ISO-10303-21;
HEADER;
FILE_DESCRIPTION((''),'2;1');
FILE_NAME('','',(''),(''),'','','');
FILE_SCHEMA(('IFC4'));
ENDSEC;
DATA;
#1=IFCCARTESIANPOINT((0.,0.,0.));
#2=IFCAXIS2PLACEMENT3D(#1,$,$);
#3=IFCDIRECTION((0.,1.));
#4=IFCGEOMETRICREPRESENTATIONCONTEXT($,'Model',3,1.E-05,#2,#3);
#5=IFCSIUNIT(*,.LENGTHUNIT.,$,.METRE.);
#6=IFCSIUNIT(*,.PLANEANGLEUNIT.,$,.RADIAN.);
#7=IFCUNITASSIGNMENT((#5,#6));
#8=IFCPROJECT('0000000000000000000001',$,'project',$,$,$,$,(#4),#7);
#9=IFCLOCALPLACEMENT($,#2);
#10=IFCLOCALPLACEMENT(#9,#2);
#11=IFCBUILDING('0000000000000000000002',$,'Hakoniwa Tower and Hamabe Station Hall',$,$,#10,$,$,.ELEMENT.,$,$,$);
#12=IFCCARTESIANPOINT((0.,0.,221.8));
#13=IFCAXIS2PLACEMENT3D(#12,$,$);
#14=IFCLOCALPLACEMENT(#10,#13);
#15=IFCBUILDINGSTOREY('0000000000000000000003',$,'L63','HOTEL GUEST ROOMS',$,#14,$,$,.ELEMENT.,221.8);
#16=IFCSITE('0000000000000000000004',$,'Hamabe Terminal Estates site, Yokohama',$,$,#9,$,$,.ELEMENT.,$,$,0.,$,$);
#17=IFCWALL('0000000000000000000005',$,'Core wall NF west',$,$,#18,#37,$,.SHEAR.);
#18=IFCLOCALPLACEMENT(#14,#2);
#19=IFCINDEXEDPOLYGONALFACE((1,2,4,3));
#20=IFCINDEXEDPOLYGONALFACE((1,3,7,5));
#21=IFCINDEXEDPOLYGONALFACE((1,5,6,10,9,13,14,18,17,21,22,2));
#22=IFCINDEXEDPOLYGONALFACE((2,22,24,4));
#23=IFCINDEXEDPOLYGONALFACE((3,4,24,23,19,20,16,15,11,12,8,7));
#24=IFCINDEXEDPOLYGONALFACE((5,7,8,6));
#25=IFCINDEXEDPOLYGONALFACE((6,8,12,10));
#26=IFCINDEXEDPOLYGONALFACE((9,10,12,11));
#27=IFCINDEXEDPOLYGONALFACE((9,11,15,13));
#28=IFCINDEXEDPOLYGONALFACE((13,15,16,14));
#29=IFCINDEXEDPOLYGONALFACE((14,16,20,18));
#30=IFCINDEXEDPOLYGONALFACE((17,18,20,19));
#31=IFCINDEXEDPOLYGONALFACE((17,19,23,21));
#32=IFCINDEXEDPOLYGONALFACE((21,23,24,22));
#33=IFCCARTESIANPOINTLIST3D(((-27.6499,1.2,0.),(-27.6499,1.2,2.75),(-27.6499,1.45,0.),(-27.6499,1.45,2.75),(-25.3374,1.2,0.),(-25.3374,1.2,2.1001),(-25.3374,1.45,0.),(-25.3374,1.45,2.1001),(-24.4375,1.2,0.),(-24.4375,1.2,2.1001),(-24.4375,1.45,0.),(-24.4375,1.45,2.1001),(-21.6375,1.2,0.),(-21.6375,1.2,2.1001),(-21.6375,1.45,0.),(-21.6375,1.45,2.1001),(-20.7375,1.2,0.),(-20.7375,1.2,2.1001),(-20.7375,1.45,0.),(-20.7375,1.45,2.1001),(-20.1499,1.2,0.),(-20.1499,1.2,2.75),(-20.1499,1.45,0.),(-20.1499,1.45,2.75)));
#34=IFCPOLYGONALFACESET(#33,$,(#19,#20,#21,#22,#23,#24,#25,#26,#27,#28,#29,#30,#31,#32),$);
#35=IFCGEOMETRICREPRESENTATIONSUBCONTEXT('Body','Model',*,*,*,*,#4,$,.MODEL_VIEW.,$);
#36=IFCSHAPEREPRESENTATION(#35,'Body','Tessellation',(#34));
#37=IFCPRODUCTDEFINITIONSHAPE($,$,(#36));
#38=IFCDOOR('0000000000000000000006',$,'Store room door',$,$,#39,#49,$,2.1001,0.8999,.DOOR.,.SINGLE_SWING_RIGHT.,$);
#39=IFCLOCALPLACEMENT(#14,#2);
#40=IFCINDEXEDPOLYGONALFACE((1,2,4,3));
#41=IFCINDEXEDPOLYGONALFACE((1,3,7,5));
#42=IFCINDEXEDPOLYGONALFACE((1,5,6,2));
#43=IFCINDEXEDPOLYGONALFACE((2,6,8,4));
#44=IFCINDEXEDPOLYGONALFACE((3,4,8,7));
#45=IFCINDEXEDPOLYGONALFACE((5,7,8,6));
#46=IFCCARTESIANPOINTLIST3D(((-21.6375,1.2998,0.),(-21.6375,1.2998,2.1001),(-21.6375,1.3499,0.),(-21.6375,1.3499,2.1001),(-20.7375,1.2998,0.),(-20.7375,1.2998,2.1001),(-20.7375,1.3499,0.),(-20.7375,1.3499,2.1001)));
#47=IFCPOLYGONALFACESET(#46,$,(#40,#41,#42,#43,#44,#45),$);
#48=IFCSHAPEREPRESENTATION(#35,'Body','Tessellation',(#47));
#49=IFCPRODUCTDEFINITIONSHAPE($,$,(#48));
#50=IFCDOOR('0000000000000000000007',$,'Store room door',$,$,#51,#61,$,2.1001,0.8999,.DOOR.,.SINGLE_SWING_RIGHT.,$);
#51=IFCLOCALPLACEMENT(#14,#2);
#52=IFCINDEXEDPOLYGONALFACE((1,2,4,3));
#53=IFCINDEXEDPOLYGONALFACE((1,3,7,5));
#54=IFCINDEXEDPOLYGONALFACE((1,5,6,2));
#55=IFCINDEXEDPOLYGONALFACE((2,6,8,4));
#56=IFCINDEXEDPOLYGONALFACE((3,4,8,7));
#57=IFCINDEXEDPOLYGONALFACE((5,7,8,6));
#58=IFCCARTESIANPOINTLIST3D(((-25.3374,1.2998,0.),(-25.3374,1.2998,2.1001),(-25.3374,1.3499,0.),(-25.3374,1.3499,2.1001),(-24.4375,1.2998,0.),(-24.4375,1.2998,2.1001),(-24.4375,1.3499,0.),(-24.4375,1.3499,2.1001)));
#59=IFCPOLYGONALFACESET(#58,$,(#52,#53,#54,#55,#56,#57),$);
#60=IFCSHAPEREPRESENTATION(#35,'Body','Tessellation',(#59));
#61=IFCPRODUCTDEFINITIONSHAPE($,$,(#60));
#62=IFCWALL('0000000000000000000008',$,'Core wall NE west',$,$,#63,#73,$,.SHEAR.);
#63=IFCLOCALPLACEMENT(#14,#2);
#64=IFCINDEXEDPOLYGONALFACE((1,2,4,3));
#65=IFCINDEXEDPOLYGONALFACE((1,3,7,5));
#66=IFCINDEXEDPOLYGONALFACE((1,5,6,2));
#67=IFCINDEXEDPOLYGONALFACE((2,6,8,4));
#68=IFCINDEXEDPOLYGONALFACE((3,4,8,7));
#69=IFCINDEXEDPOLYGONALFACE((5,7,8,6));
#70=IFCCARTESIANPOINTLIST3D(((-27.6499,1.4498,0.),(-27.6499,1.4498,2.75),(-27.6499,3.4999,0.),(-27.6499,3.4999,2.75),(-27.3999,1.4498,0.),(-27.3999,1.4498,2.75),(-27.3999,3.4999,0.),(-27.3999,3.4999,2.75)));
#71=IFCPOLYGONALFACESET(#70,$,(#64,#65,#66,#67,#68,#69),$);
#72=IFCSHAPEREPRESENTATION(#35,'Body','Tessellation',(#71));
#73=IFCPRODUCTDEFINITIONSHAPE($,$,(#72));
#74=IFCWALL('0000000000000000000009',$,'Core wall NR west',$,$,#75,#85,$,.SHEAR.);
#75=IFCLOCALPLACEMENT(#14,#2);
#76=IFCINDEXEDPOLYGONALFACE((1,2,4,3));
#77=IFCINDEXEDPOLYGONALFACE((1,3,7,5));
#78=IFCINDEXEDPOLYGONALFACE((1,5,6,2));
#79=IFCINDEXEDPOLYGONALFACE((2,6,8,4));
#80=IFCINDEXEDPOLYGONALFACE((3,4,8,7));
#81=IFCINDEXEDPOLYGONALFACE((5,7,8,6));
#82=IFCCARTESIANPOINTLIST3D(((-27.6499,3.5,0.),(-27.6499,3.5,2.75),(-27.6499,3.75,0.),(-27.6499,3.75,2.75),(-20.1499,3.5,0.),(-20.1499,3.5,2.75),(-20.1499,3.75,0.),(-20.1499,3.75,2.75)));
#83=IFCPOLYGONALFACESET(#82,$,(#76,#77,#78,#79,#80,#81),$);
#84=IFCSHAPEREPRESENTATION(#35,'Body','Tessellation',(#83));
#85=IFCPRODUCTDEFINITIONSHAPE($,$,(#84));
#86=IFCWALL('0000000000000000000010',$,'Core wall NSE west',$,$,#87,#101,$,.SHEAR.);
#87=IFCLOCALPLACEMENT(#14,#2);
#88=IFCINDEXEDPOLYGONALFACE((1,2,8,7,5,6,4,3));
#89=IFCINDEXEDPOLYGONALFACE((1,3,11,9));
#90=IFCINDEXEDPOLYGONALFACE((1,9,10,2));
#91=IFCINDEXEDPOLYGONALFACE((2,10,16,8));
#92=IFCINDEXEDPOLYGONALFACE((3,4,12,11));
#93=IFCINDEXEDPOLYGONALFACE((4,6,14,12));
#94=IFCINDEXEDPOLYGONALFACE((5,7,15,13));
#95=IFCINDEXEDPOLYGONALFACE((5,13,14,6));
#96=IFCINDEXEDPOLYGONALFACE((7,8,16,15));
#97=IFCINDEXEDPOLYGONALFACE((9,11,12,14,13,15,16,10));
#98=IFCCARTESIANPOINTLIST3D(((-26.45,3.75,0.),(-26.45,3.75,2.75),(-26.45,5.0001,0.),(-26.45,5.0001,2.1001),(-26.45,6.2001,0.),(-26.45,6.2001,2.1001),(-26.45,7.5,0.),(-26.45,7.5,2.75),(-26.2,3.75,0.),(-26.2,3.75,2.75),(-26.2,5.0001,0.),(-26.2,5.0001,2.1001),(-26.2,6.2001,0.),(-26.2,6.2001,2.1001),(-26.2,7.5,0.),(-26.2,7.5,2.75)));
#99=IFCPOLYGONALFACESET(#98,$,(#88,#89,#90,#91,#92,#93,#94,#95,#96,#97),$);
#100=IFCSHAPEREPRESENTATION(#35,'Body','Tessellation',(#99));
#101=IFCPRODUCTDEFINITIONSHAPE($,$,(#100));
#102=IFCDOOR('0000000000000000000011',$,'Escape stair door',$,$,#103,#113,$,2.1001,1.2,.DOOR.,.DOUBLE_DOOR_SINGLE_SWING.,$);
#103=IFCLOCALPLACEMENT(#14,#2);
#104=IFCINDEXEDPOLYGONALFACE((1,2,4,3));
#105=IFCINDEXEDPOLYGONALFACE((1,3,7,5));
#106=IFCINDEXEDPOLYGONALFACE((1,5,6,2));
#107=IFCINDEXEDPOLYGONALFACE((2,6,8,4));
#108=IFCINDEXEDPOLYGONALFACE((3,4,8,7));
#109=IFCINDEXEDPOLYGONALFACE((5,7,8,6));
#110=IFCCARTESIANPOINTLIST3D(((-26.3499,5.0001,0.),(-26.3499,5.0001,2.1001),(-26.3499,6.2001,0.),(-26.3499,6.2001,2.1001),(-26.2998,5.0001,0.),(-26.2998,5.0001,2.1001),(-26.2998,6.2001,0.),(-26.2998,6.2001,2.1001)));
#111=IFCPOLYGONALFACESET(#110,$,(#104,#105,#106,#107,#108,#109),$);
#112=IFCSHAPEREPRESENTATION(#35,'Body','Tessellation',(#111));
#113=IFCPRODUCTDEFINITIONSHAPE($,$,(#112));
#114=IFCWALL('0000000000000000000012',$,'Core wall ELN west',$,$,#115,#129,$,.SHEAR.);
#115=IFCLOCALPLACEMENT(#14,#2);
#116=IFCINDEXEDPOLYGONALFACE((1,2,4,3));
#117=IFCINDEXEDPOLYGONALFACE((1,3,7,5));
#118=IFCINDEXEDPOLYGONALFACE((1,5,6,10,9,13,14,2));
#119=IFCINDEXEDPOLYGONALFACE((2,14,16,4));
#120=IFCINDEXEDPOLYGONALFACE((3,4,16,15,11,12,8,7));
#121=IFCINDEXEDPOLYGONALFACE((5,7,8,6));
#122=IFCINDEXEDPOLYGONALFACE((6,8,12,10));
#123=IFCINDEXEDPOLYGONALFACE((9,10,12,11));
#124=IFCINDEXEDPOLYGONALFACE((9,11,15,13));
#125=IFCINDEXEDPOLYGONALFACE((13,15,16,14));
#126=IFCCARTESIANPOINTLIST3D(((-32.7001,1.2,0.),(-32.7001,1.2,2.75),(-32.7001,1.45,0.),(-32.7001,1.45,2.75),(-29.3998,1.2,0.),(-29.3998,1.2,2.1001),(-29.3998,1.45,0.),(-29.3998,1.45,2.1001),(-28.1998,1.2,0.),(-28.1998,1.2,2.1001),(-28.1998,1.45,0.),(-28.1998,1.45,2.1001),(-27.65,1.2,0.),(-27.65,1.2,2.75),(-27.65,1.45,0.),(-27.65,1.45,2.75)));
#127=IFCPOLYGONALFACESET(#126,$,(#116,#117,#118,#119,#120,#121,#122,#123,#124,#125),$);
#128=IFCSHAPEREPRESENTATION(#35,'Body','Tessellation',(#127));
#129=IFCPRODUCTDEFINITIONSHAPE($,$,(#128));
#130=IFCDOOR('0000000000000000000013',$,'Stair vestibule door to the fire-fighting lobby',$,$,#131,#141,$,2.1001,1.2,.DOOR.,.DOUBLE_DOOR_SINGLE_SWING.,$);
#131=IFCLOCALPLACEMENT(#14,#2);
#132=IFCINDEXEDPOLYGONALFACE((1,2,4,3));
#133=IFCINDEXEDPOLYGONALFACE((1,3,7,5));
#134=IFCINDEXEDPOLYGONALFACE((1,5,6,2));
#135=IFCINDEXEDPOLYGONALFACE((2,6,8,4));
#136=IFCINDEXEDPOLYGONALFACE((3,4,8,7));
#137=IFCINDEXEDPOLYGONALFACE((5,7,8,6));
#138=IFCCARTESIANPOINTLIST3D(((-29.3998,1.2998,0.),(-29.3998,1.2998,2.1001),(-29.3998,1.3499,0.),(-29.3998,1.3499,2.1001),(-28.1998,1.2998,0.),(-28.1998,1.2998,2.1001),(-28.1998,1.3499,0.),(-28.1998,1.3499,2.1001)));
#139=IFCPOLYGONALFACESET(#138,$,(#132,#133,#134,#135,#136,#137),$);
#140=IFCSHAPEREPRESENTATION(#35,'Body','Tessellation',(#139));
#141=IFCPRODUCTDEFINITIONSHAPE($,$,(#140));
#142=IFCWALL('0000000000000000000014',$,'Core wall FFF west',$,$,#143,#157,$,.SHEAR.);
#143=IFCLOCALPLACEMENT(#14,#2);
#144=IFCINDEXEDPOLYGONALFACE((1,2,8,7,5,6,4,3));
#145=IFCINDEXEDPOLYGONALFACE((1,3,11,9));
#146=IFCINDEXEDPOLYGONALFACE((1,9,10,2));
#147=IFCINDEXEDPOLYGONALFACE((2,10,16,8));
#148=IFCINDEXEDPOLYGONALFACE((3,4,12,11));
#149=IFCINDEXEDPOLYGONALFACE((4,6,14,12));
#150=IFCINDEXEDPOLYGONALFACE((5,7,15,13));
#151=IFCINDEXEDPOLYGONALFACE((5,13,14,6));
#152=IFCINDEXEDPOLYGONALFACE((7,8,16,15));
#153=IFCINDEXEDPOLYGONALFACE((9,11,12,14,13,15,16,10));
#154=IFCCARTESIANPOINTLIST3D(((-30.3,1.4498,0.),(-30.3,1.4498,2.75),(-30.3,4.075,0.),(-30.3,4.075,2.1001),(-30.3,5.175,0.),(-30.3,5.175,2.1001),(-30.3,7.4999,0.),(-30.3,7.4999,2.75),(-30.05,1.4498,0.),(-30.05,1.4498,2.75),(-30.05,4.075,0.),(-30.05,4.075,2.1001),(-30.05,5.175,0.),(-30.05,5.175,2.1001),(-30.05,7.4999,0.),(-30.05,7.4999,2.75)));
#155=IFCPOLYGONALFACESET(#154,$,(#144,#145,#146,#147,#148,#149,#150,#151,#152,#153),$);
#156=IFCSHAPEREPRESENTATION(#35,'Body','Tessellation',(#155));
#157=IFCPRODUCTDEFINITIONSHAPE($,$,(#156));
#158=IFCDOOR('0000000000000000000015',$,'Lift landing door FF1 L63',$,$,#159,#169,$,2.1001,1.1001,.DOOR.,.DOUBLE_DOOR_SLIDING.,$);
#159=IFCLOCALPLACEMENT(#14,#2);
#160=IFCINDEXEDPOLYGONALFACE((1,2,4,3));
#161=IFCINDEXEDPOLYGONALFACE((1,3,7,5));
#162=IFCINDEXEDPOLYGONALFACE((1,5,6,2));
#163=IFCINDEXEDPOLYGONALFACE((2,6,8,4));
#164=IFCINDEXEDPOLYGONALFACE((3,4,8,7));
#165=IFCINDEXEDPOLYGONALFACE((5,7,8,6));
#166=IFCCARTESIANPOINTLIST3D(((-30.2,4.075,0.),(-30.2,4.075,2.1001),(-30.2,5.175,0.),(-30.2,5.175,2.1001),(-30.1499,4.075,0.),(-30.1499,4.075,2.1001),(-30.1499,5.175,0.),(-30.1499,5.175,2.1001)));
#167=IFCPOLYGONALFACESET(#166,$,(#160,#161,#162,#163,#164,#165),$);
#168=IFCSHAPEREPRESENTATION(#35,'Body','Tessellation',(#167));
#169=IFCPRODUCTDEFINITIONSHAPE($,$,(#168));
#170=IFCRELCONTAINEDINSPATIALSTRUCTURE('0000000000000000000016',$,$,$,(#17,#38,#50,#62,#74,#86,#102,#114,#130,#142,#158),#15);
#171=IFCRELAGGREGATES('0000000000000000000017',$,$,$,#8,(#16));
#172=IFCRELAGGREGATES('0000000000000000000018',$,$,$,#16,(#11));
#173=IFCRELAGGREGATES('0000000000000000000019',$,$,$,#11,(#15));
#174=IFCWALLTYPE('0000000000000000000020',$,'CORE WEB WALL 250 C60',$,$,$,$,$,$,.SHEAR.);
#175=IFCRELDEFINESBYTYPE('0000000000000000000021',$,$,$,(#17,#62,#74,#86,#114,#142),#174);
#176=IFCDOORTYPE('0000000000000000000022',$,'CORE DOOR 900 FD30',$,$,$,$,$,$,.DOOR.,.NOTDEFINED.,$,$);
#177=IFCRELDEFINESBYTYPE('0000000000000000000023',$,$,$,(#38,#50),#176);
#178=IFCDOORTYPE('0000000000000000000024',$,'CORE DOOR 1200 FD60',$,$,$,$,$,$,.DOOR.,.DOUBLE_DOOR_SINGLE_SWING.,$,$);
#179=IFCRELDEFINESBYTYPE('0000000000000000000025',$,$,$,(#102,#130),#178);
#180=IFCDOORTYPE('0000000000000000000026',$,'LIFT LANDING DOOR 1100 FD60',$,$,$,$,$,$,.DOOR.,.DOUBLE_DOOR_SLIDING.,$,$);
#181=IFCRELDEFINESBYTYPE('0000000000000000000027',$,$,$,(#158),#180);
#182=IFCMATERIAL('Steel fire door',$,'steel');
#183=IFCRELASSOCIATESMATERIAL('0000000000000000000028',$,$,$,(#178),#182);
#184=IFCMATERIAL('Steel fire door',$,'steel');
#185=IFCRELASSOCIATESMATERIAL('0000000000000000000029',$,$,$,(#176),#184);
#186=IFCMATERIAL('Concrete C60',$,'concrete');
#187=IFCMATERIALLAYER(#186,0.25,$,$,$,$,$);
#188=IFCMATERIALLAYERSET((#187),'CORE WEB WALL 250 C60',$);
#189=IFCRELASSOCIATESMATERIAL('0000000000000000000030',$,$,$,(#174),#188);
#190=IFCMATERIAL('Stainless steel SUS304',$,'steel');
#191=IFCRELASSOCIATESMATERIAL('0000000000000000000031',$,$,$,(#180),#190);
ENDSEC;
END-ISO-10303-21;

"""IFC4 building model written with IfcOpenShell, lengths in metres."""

from ifc_helpers import new_model, si_unit, direction, frame, frame_2d, origin, place, context, subcontext, project, spatial, rectangle, extrude, material, layer, layer_set, type_object, element, fill, save


model = new_model("IFC4")

# Units and contexts
model_context = context("Model", 3, precision=1e-05, world=origin(), true_north=direction((0.0, 1.0)))
body_context = subcontext(model_context, "Body", "Model", "MODEL_VIEW")
ifc_project = project(units=[si_unit("LENGTHUNIT", "METRE"), si_unit("PLANEANGLEUNIT", "RADIAN")], contexts=[model_context])

# Site, building, storey
site_placement = place(None, origin())
site = spatial("IfcSite", under=ifc_project, at=site_placement, Name="Hamabe Terminal Estates site, Yokohama", CompositionType="ELEMENT", RefElevation=0.0)
building_placement = place(site_placement, origin())
building = spatial("IfcBuilding", under=site, at=building_placement, Name="Hakoniwa Tower and Hamabe Station Hall", CompositionType="ELEMENT")
storey_placement = place(building_placement, frame((0.0, 0.0, 221.8)))
storey = spatial("IfcBuildingStorey", under=building, at=storey_placement, Name="L63", Description="HOTEL GUEST ROOMS", CompositionType="ELEMENT", Elevation=221.8)

# Shared definitions
ifc_material_1 = material(Name="Steel fire door", Category="steel")
door_type_1 = type_object("IfcDoorType", Name="CORE DOOR 1200 FD60", OperationType="DOUBLE_DOOR_SINGLE_SWING", PredefinedType="DOOR", material=ifc_material_1)
ifc_material_2 = material(Name="Steel fire door", Category="steel")
door_type_2 = type_object("IfcDoorType", Name="CORE DOOR 900 FD30", OperationType="NOTDEFINED", PredefinedType="DOOR", material=ifc_material_2)

# Wall, openings, doors
ifc_material_3 = material(Name="Concrete C60", Category="concrete")
ifc_layer_1 = layer(ifc_material_3, 0.25)
ifc_layer_set_1 = layer_set([ifc_layer_1], Name="CORE WEB WALL 250 C60")
wall_type_1 = type_object("IfcWallType", Name="CORE WEB WALL 250 C60", PredefinedType="SHEAR", material=ifc_layer_set_1)
wall_1_placement = place(storey_placement, frame((-27.6499, 1.325, 0.0), z_axis=(0.0, 0.0, 1.0), x_axis=(1.0, 0.0, 0.0)))
wall_1 = element("IfcWall", 1, at=wall_1_placement, inside=storey, type_object=wall_type_1, Name="Core wall NF west", PredefinedType="SHEAR", context=body_context, shape_type="SweptSolid", body=[
    extrude(rectangle(XDim=7.5, YDim=0.25, at=frame_2d((3.75, 0.0))), origin(), (0.0, 0.0, 1.0), 2.75),
])
opening_1_placement = place(wall_1_placement, frame((6.0125, 0.0, 0.0)))
opening_1 = element("IfcOpeningElement", 2, at=opening_1_placement, cuts=wall_1, PredefinedType="OPENING", context=body_context, shape_type="SweptSolid", body=[
    extrude(rectangle(XDim=0.8999, YDim=2.1001, at=frame_2d((0.45, 1.05))), frame((0.0, 0.135, 0.0), z_axis=(0.0, -1.0, 0.0), x_axis=(1.0, 0.0, 0.0)), (0.0, 0.0, 1.0), 0.27),
])
opening_2_placement = place(wall_1_placement, frame((2.3125, 0.0, 0.0)))
opening_2 = element("IfcOpeningElement", 3, at=opening_2_placement, cuts=wall_1, PredefinedType="OPENING", context=body_context, shape_type="SweptSolid", body=[
    extrude(rectangle(XDim=0.8999, YDim=2.1001, at=frame_2d((0.45, 1.05))), frame((0.0, 0.135, 0.0), z_axis=(0.0, -1.0, 0.0), x_axis=(1.0, 0.0, 0.0)), (0.0, 0.0, 1.0), 0.27),
])
door_1_placement = place(opening_1_placement, origin())
door_1 = element("IfcDoor", 4, at=door_1_placement, inside=storey, type_object=door_type_2, Name="Store room door", OperationType="SINGLE_SWING_RIGHT", OverallHeight=2.1001, OverallWidth=0.8999, PredefinedType="DOOR", context=body_context, shape_type="SweptSolid", body=[
    extrude(rectangle(XDim=0.8999, YDim=2.1001, at=frame_2d((0.45, 1.05))), frame((0.0, 0.0249, 0.0), z_axis=(0.0, -1.0, 0.0), x_axis=(1.0, 0.0, 0.0)), (0.0, 0.0, 1.0), 0.05),
])
fill(opening_1, door_1)
door_2_placement = place(opening_2_placement, origin())
door_2 = element("IfcDoor", 5, at=door_2_placement, inside=storey, type_object=door_type_2, Name="Store room door", OperationType="SINGLE_SWING_RIGHT", OverallHeight=2.1001, OverallWidth=0.8999, PredefinedType="DOOR", context=body_context, shape_type="SweptSolid", body=[
    extrude(rectangle(XDim=0.8999, YDim=2.1001, at=frame_2d((0.45, 1.05))), frame((0.0, 0.0249, 0.0), z_axis=(0.0, -1.0, 0.0), x_axis=(1.0, 0.0, 0.0)), (0.0, 0.0, 1.0), 0.05),
])
fill(opening_2, door_2)

# Walls
wall_2_placement = place(storey_placement, frame((-27.5249, 1.45, 0.0), z_axis=(0.0, 0.0, 1.0), x_axis=(0.0, 1.0, 0.0)))
element("IfcWall", 6, at=wall_2_placement, inside=storey, type_object=wall_type_1, Name="Core wall NE west", PredefinedType="SHEAR", context=body_context, shape_type="SweptSolid", body=[
    extrude(rectangle(XDim=2.05, YDim=0.25, at=frame_2d((1.0249, 0.0))), origin(), (0.0, 0.0, 1.0), 2.75),
])
wall_3_placement = place(storey_placement, frame((-27.6499, 3.625, 0.0), z_axis=(0.0, 0.0, 1.0), x_axis=(1.0, 0.0, 0.0)))
element("IfcWall", 7, at=wall_3_placement, inside=storey, type_object=wall_type_1, Name="Core wall NR west", PredefinedType="SHEAR", context=body_context, shape_type="SweptSolid", body=[
    extrude(rectangle(XDim=7.5, YDim=0.25, at=frame_2d((3.75, 0.0))), origin(), (0.0, 0.0, 1.0), 2.75),
])

# Walls, openings, doors
wall_4_placement = place(storey_placement, frame((-26.325, 3.75, 0.0), z_axis=(0.0, 0.0, 1.0), x_axis=(0.0, 1.0, 0.0)))
wall_4 = element("IfcWall", 8, at=wall_4_placement, inside=storey, type_object=wall_type_1, Name="Core wall NSE west", PredefinedType="SHEAR", context=body_context, shape_type="SweptSolid", body=[
    extrude(rectangle(XDim=3.75, YDim=0.25, at=frame_2d((1.875, 0.0))), origin(), (0.0, 0.0, 1.0), 2.75),
])
opening_3_placement = place(wall_4_placement, frame((1.25, 0.0, 0.0)))
opening_3 = element("IfcOpeningElement", 9, at=opening_3_placement, cuts=wall_4, PredefinedType="OPENING", context=body_context, shape_type="SweptSolid", body=[
    extrude(rectangle(XDim=1.2, YDim=2.1001, at=frame_2d((0.6001, 1.05))), frame((0.0, 0.135, 0.0), z_axis=(0.0, -1.0, 0.0), x_axis=(1.0, 0.0, 0.0)), (0.0, 0.0, 1.0), 0.27),
])
door_3_placement = place(opening_3_placement, origin())
door_3 = element("IfcDoor", 10, at=door_3_placement, inside=storey, type_object=door_type_1, Name="Escape stair door", OperationType="DOUBLE_DOOR_SINGLE_SWING", OverallHeight=2.1001, OverallWidth=1.2, PredefinedType="DOOR", context=body_context, shape_type="SweptSolid", body=[
    extrude(rectangle(XDim=1.2, YDim=2.1001, at=frame_2d((0.6001, 1.05))), frame((0.0, 0.0249, 0.0), z_axis=(0.0, -1.0, 0.0), x_axis=(1.0, 0.0, 0.0)), (0.0, 0.0, 1.0), 0.05),
])
fill(opening_3, door_3)
wall_5_placement = place(storey_placement, frame((-32.7, 1.325, 0.0), z_axis=(0.0, 0.0, 1.0), x_axis=(1.0, 0.0, 0.0)))
wall_5 = element("IfcWall", 11, at=wall_5_placement, inside=storey, type_object=wall_type_1, Name="Core wall ELN west", PredefinedType="SHEAR", context=body_context, shape_type="SweptSolid", body=[
    extrude(rectangle(XDim=5.05, YDim=0.25, at=frame_2d((2.5249, 0.0))), origin(), (0.0, 0.0, 1.0), 2.75),
])
opening_4_placement = place(wall_5_placement, frame((3.3, 0.0, 0.0)))
opening_4 = element("IfcOpeningElement", 12, at=opening_4_placement, cuts=wall_5, PredefinedType="OPENING", context=body_context, shape_type="SweptSolid", body=[
    extrude(rectangle(XDim=1.2, YDim=2.1001, at=frame_2d((0.6001, 1.05))), frame((0.0, 0.135, 0.0), z_axis=(0.0, -1.0, 0.0), x_axis=(1.0, 0.0, 0.0)), (0.0, 0.0, 1.0), 0.27),
])
door_4_placement = place(opening_4_placement, origin())
door_4 = element("IfcDoor", 13, at=door_4_placement, inside=storey, type_object=door_type_1, Name="Stair vestibule door to the fire-fighting lobby", OperationType="DOUBLE_DOOR_SINGLE_SWING", OverallHeight=2.1001, OverallWidth=1.2, PredefinedType="DOOR", context=body_context, shape_type="SweptSolid", body=[
    extrude(rectangle(XDim=1.2, YDim=2.1001, at=frame_2d((0.6001, 1.05))), frame((0.0, 0.0249, 0.0), z_axis=(0.0, -1.0, 0.0), x_axis=(1.0, 0.0, 0.0)), (0.0, 0.0, 1.0), 0.05),
])
fill(opening_4, door_4)
wall_6_placement = place(storey_placement, frame((-30.175, 1.45, 0.0), z_axis=(0.0, 0.0, 1.0), x_axis=(0.0, 1.0, 0.0)))
wall_6 = element("IfcWall", 14, at=wall_6_placement, inside=storey, type_object=wall_type_1, Name="Core wall FFF west", PredefinedType="SHEAR", context=body_context, shape_type="SweptSolid", body=[
    extrude(rectangle(XDim=6.05, YDim=0.25, at=frame_2d((3.0249, 0.0))), origin(), (0.0, 0.0, 1.0), 2.75),
])
opening_5_placement = place(wall_6_placement, frame((2.625, 0.0, 0.0)))
opening_5 = element("IfcOpeningElement", 15, at=opening_5_placement, cuts=wall_6, PredefinedType="OPENING", context=body_context, shape_type="SweptSolid", body=[
    extrude(rectangle(XDim=1.1001, YDim=2.1001, at=frame_2d((0.55, 1.05))), frame((0.0, 0.135, 0.0), z_axis=(0.0, -1.0, 0.0), x_axis=(1.0, 0.0, 0.0)), (0.0, 0.0, 1.0), 0.27),
])
ifc_material_4 = material(Name="Stainless steel SUS304", Category="steel")
door_type_3 = type_object("IfcDoorType", Name="LIFT LANDING DOOR 1100 FD60", OperationType="DOUBLE_DOOR_SLIDING", PredefinedType="DOOR", material=ifc_material_4)
door_5_placement = place(opening_5_placement, origin())
door_5 = element("IfcDoor", 16, at=door_5_placement, inside=storey, type_object=door_type_3, Name="Lift landing door FF1 L63", OperationType="DOUBLE_DOOR_SLIDING", OverallHeight=2.1001, OverallWidth=1.1001, PredefinedType="DOOR", context=body_context, shape_type="SweptSolid", body=[
    extrude(rectangle(XDim=1.1001, YDim=2.1001, at=frame_2d((0.55, 1.05))), frame((0.0, 0.0249, 0.0), z_axis=(0.0, -1.0, 0.0), x_axis=(1.0, 0.0, 0.0)), (0.0, 0.0, 1.0), 0.05),
])
fill(opening_5, door_5)

save(model, "model.ifc")
